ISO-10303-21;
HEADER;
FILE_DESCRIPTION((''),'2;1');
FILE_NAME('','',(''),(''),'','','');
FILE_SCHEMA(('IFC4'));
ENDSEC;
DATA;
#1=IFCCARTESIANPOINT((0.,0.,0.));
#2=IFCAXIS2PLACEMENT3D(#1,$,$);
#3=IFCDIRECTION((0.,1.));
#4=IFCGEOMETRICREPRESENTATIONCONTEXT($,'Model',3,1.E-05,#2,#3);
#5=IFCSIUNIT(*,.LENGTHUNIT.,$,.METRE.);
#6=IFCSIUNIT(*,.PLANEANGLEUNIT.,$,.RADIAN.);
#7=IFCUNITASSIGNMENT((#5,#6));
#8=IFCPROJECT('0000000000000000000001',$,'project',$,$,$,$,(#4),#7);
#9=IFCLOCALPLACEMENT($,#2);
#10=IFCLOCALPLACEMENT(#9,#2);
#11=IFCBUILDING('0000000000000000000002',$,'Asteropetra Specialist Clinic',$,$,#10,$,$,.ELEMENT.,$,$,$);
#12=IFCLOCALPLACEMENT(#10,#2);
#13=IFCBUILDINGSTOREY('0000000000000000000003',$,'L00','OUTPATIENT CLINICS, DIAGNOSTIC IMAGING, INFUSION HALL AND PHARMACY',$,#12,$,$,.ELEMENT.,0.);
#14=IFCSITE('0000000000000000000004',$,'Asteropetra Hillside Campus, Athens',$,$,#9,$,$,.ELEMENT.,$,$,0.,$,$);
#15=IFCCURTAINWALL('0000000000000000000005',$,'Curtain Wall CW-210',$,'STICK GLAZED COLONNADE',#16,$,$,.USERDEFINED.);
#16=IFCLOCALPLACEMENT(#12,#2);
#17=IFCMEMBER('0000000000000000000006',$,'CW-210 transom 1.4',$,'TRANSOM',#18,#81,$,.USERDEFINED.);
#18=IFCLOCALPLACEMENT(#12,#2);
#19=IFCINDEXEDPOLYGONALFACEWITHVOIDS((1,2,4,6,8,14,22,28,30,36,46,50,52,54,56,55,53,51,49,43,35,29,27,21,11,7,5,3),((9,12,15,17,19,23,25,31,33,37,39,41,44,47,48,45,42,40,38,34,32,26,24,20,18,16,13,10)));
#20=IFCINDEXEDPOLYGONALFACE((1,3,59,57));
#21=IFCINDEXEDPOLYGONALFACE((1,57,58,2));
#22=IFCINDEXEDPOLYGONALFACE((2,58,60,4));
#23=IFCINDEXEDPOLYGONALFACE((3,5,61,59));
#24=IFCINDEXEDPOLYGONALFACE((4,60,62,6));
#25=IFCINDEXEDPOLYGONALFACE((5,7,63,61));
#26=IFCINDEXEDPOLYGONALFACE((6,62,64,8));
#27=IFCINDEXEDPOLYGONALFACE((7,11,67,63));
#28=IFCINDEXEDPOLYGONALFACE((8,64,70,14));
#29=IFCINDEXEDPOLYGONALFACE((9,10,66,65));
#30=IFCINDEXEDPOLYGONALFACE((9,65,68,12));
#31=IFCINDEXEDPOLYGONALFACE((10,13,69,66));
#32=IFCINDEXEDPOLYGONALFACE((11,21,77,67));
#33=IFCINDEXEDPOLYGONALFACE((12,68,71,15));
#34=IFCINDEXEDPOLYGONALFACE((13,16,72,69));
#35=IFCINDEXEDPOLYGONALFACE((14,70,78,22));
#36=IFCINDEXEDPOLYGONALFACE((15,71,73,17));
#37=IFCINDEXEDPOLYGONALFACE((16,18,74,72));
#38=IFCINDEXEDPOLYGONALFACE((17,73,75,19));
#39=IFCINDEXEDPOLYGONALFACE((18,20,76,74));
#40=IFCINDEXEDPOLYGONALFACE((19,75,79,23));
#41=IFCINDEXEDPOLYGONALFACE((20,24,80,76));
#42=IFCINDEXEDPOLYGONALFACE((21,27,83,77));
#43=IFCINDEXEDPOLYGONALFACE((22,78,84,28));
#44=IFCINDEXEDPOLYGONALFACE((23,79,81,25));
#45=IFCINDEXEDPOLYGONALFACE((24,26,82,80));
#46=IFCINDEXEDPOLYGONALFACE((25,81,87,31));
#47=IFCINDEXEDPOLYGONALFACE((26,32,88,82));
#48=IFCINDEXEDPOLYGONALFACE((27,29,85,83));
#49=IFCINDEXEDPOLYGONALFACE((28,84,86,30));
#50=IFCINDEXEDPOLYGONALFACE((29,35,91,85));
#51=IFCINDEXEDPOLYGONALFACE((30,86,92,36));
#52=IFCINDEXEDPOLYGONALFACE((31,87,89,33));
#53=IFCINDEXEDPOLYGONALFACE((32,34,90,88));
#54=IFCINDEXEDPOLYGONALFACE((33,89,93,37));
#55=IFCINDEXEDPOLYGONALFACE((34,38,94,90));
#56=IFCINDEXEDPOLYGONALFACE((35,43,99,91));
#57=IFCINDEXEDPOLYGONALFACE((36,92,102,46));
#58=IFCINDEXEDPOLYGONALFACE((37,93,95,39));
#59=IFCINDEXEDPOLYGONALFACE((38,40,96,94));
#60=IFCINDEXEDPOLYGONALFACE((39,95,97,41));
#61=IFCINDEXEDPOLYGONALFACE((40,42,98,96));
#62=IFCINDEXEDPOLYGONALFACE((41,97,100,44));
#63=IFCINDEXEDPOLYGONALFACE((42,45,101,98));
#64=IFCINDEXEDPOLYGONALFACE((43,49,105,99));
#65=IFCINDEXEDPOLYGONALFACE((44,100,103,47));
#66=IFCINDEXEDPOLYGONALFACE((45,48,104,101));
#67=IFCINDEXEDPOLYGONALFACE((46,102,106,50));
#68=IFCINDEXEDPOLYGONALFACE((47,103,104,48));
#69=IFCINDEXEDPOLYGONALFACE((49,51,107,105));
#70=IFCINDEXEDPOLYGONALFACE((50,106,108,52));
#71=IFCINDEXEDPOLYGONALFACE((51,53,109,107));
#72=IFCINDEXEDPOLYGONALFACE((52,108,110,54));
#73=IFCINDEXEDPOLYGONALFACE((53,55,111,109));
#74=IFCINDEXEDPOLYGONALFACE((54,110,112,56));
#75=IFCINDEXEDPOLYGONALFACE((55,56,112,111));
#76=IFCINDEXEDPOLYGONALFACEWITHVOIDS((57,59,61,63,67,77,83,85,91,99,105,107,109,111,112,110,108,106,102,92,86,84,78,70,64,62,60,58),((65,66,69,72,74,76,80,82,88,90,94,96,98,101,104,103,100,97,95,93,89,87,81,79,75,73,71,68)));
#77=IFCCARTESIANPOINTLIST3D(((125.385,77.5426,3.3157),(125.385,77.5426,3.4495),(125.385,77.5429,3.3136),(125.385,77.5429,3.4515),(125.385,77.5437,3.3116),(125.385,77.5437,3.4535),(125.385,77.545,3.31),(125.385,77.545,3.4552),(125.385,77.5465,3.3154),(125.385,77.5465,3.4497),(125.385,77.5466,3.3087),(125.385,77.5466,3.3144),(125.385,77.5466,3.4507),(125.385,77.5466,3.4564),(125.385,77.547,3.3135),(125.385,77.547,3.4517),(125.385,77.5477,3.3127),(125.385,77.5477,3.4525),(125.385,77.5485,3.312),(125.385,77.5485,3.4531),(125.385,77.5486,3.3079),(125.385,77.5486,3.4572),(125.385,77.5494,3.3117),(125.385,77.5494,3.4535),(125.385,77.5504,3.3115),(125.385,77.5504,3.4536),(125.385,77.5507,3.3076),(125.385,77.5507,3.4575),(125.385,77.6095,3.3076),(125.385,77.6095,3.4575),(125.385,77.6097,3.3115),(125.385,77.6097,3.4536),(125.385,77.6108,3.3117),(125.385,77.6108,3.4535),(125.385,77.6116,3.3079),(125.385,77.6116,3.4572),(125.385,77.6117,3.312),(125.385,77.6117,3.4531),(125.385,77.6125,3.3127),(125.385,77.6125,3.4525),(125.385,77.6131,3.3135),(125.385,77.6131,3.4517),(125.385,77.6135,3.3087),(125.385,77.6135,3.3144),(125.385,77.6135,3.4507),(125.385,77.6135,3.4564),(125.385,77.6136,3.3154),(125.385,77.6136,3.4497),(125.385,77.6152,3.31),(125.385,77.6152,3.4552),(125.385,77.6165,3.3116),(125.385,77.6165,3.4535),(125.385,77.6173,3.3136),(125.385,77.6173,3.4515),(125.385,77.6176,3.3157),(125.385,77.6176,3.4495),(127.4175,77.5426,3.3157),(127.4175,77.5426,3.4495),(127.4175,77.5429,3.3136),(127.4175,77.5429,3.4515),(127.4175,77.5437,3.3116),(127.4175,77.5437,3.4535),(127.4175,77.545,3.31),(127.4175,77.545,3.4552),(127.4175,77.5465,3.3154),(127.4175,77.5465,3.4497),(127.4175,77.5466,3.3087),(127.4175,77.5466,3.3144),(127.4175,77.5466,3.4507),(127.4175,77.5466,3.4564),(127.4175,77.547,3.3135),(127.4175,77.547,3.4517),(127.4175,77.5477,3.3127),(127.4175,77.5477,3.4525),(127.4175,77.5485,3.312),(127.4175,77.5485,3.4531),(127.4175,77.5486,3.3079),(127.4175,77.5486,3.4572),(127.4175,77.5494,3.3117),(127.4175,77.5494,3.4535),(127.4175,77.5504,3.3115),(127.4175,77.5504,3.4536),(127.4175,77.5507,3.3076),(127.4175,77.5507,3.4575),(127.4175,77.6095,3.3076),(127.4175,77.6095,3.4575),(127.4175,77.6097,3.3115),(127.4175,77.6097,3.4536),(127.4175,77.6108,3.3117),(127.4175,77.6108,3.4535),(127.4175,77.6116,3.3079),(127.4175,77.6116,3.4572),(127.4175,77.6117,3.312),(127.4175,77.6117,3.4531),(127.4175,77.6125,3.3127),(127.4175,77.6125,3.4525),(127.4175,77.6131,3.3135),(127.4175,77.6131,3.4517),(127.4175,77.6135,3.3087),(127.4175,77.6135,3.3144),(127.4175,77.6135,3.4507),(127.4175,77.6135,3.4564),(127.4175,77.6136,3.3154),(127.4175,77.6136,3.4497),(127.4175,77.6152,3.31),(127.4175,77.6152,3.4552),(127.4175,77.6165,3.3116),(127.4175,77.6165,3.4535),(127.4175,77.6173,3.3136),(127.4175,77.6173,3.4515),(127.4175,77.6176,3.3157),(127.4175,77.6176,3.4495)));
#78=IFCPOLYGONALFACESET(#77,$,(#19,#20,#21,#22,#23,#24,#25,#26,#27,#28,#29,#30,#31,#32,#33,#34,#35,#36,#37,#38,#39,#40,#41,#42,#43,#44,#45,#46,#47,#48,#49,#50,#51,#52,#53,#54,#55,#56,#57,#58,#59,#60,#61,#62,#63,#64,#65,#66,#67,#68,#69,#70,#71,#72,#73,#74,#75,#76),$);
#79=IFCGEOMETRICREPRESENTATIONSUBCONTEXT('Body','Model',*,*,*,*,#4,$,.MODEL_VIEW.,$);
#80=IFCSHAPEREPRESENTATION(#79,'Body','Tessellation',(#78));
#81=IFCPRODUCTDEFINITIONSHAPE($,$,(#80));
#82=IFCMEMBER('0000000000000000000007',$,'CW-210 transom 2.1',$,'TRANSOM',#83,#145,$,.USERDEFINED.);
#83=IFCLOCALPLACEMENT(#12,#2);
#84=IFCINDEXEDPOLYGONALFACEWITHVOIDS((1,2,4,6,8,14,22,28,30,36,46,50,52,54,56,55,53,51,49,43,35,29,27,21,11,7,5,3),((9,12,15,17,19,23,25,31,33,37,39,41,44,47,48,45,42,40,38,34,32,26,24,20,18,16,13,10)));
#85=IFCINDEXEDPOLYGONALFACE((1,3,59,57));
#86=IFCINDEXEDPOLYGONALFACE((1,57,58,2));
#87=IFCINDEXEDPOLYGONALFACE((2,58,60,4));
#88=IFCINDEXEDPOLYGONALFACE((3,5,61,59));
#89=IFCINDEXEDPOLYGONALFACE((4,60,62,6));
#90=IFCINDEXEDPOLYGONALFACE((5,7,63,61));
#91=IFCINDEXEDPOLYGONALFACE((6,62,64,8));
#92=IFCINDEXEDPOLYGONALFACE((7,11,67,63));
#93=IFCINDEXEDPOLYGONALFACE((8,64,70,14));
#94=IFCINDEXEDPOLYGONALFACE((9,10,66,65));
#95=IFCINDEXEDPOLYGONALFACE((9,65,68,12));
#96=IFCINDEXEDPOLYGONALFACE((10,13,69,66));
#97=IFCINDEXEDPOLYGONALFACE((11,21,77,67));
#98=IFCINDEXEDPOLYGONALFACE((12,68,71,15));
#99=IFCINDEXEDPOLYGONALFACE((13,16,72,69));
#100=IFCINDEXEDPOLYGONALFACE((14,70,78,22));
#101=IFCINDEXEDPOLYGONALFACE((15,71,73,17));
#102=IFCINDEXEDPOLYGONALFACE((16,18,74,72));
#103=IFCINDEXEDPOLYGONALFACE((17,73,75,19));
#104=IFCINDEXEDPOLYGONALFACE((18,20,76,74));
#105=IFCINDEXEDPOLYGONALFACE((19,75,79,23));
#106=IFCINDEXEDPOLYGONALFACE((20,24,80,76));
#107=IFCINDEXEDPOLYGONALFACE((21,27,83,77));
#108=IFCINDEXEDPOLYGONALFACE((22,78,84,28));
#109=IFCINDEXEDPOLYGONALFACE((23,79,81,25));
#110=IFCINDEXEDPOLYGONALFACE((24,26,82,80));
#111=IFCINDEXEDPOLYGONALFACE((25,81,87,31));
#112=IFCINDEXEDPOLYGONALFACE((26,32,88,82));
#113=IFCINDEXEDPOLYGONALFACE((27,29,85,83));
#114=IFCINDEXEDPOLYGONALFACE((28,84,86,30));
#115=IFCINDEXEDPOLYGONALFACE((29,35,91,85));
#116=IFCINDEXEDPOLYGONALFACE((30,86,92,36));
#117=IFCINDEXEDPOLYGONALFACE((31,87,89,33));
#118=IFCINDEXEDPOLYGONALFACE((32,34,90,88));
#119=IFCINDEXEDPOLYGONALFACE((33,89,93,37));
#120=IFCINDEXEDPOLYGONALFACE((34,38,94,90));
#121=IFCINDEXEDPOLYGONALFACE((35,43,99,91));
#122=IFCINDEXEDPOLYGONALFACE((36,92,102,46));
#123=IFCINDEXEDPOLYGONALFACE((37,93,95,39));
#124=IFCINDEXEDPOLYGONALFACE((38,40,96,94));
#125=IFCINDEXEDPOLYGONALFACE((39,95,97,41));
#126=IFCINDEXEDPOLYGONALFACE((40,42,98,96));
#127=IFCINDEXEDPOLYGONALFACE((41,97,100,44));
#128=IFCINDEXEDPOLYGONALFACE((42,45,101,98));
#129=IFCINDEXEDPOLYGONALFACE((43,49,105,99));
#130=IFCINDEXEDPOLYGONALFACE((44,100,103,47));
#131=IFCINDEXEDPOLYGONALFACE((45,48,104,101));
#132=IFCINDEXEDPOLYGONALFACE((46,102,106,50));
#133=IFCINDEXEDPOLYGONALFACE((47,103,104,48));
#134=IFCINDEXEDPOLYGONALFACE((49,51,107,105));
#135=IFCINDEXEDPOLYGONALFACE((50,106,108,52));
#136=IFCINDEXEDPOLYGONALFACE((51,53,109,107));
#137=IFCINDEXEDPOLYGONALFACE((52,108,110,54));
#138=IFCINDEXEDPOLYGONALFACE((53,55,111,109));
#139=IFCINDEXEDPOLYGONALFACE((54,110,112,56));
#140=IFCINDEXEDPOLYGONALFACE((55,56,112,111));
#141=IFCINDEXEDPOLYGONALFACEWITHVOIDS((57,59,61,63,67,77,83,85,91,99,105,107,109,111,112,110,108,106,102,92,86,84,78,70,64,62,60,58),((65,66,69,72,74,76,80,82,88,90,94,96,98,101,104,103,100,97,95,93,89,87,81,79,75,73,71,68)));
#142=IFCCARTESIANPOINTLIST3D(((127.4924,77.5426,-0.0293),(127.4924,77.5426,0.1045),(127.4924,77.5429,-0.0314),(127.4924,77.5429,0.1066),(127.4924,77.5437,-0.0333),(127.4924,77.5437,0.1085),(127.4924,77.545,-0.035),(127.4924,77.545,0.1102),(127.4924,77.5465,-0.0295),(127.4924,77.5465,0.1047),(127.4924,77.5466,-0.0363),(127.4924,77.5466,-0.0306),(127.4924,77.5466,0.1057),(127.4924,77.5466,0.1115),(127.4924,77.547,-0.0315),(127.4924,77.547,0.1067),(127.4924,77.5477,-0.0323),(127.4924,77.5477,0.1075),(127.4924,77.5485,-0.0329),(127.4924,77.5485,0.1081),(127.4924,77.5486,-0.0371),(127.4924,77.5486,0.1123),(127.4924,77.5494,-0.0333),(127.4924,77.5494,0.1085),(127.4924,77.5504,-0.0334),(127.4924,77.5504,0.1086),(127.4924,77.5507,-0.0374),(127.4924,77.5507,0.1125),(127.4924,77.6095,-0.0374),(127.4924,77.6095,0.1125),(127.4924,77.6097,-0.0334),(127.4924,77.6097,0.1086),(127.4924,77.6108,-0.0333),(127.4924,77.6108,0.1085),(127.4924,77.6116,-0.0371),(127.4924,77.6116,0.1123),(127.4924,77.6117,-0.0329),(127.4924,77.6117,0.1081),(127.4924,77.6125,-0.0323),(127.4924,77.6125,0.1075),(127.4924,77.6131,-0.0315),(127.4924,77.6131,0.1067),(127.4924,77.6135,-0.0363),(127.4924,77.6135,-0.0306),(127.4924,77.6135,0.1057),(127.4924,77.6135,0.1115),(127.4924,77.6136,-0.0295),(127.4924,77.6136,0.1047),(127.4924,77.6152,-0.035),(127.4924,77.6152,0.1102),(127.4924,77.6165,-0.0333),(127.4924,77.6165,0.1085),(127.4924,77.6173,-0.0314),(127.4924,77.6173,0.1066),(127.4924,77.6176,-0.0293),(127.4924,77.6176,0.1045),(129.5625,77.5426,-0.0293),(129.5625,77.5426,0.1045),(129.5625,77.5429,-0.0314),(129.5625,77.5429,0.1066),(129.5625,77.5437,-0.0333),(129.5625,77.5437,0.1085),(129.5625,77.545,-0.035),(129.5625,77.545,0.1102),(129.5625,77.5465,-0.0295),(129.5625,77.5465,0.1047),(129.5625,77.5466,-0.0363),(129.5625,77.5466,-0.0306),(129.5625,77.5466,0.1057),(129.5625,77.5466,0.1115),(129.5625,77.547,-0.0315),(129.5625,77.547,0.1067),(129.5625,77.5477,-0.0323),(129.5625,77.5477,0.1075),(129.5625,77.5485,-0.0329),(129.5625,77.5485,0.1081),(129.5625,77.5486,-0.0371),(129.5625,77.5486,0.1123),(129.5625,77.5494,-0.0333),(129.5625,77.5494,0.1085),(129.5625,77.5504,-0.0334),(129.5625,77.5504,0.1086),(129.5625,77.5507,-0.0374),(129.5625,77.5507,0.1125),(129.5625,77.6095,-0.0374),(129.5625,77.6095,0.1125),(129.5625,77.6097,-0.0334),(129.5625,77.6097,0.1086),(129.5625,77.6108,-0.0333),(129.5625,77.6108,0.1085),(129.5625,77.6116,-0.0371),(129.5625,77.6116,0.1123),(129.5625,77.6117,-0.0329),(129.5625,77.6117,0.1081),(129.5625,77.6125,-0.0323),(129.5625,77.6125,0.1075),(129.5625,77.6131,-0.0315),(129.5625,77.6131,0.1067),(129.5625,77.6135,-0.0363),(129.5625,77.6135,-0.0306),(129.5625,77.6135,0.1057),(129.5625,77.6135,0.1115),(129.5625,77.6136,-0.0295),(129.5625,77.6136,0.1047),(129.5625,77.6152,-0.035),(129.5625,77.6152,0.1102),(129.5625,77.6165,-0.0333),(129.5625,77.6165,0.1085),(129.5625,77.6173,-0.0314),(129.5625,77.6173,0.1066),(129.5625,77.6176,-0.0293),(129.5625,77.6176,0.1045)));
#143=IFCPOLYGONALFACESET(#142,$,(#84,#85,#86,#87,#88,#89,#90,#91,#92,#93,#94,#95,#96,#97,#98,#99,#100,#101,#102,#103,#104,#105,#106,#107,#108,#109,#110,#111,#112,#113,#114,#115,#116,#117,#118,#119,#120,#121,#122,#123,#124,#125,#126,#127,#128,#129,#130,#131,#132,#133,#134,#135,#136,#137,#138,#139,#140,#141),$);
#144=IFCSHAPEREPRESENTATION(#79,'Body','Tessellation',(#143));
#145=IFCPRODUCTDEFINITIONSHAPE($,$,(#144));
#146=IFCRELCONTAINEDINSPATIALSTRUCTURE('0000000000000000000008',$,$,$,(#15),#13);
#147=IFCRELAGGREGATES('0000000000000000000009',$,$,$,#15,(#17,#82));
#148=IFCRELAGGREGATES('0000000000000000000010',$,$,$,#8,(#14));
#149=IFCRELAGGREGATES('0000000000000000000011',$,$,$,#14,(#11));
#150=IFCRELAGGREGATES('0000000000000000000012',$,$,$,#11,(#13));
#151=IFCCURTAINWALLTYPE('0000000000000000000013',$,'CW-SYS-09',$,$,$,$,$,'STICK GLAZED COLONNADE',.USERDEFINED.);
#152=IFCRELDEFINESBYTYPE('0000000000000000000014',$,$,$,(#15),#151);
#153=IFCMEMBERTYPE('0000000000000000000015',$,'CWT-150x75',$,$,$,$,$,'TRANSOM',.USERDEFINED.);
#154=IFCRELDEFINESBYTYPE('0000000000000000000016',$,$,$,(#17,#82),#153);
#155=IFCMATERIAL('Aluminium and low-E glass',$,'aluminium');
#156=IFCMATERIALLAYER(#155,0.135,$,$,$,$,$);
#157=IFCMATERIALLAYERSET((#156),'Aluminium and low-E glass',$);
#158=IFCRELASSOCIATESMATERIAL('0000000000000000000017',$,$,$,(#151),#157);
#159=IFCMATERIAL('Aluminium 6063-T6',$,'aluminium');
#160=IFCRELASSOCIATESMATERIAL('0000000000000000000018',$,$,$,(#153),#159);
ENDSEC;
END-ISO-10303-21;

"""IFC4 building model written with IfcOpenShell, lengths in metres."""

from ifc_helpers import new_model, si_unit, direction, frame, origin, origin_2d, place, context, subcontext, project, spatial, hollow_rectangle, extrude, material, layer, layer_set, material_profile, profile_set, type_object, element, aggregate, save


model = new_model("IFC4")

# Units and contexts
model_context = context("Model", 3, precision=1e-05, world=origin(), true_north=direction((0.0, 1.0)))
body_context = subcontext(model_context, "Body", "Model", "MODEL_VIEW")
ifc_project = project(units=[si_unit("LENGTHUNIT", "METRE"), si_unit("PLANEANGLEUNIT", "RADIAN")], contexts=[model_context])

# Site, building, storey
site_placement = place(None, origin())
site = spatial("IfcSite", under=ifc_project, at=site_placement, Name="Asteropetra Hillside Campus, Athens", CompositionType="ELEMENT", RefElevation=0.0)
building_placement = place(site_placement, origin())
building = spatial("IfcBuilding", under=site, at=building_placement, Name="Asteropetra Specialist Clinic", CompositionType="ELEMENT")
storey_placement = place(building_placement, origin())
storey = spatial("IfcBuildingStorey", under=building, at=storey_placement, Name="L00", Description="OUTPATIENT CLINICS, DIAGNOSTIC IMAGING, INFUSION HALL AND PHARMACY", CompositionType="ELEMENT", Elevation=0.0)

# Curtain wall, members
ifc_material_1 = material(Name="Aluminium and low-E glass", Category="aluminium")
ifc_layer_1 = layer(ifc_material_1, 0.135)
ifc_layer_set_1 = layer_set([ifc_layer_1], Name="Aluminium and low-E glass")
curtain_wall_type_1 = type_object("IfcCurtainWallType", Name="CW-SYS-09", ElementType="STICK GLAZED COLONNADE", PredefinedType="USERDEFINED", material=ifc_layer_set_1)
curtain_wall_1_placement = place(storey_placement, origin())
curtain_wall_1 = element("IfcCurtainWall", 1, at=curtain_wall_1_placement, inside=storey, type_object=curtain_wall_type_1, Name="Curtain Wall CW-210", ObjectType="STICK GLAZED COLONNADE", PredefinedType="USERDEFINED")
ifc_material_2 = material(Name="Aluminium 6063-T6", Category="aluminium")
ifc_material_profile_1 = material_profile(ifc_material_2, hollow_rectangle(XDim=0.075, YDim=0.1499, WallThickness=0.0039, InnerFilletRadius=0.0039, OuterFilletRadius=0.0081, at=origin_2d()), Name="TRN 150x75x4.0")
ifc_profile_set_1 = profile_set([ifc_material_profile_1], Name="Aluminium 6063-T6")
member_type_1 = type_object("IfcMemberType", Name="CWT-150x75", ElementType="TRANSOM", PredefinedType="USERDEFINED", material=ifc_profile_set_1)
member_1_placement = place(storey_placement, frame((125.385, 77.5801, 3.3826), z_axis=(1.0, 0.0, 0.0), x_axis=(0.0, 1.0, 0.0)))
member_1 = element("IfcMember", 2, at=member_1_placement, type_object=member_type_1, Name="CW-210 transom 1.4", ObjectType="TRANSOM", PredefinedType="USERDEFINED", context=body_context, shape_type="SweptSolid", body=[
    extrude(hollow_rectangle(XDim=0.075, YDim=0.1499, WallThickness=0.0039, InnerFilletRadius=0.0039, OuterFilletRadius=0.0081, at=origin_2d()), origin(), (0.0, 0.0, 1.0), 2.0325),
])
member_2_placement = place(storey_placement, frame((127.4924, 77.5801, 0.0376), z_axis=(1.0, 0.0, 0.0), x_axis=(0.0, 1.0, 0.0)))
member_2 = element("IfcMember", 3, at=member_2_placement, type_object=member_type_1, Name="CW-210 transom 2.1", ObjectType="TRANSOM", PredefinedType="USERDEFINED", context=body_context, shape_type="SweptSolid", body=[
    extrude(hollow_rectangle(XDim=0.075, YDim=0.1499, WallThickness=0.0039, InnerFilletRadius=0.0039, OuterFilletRadius=0.0081, at=origin_2d()), origin(), (0.0, 0.0, 1.0), 2.0701),
])
aggregate(curtain_wall_1, [member_1, member_2])

save(model, "model.ifc")
